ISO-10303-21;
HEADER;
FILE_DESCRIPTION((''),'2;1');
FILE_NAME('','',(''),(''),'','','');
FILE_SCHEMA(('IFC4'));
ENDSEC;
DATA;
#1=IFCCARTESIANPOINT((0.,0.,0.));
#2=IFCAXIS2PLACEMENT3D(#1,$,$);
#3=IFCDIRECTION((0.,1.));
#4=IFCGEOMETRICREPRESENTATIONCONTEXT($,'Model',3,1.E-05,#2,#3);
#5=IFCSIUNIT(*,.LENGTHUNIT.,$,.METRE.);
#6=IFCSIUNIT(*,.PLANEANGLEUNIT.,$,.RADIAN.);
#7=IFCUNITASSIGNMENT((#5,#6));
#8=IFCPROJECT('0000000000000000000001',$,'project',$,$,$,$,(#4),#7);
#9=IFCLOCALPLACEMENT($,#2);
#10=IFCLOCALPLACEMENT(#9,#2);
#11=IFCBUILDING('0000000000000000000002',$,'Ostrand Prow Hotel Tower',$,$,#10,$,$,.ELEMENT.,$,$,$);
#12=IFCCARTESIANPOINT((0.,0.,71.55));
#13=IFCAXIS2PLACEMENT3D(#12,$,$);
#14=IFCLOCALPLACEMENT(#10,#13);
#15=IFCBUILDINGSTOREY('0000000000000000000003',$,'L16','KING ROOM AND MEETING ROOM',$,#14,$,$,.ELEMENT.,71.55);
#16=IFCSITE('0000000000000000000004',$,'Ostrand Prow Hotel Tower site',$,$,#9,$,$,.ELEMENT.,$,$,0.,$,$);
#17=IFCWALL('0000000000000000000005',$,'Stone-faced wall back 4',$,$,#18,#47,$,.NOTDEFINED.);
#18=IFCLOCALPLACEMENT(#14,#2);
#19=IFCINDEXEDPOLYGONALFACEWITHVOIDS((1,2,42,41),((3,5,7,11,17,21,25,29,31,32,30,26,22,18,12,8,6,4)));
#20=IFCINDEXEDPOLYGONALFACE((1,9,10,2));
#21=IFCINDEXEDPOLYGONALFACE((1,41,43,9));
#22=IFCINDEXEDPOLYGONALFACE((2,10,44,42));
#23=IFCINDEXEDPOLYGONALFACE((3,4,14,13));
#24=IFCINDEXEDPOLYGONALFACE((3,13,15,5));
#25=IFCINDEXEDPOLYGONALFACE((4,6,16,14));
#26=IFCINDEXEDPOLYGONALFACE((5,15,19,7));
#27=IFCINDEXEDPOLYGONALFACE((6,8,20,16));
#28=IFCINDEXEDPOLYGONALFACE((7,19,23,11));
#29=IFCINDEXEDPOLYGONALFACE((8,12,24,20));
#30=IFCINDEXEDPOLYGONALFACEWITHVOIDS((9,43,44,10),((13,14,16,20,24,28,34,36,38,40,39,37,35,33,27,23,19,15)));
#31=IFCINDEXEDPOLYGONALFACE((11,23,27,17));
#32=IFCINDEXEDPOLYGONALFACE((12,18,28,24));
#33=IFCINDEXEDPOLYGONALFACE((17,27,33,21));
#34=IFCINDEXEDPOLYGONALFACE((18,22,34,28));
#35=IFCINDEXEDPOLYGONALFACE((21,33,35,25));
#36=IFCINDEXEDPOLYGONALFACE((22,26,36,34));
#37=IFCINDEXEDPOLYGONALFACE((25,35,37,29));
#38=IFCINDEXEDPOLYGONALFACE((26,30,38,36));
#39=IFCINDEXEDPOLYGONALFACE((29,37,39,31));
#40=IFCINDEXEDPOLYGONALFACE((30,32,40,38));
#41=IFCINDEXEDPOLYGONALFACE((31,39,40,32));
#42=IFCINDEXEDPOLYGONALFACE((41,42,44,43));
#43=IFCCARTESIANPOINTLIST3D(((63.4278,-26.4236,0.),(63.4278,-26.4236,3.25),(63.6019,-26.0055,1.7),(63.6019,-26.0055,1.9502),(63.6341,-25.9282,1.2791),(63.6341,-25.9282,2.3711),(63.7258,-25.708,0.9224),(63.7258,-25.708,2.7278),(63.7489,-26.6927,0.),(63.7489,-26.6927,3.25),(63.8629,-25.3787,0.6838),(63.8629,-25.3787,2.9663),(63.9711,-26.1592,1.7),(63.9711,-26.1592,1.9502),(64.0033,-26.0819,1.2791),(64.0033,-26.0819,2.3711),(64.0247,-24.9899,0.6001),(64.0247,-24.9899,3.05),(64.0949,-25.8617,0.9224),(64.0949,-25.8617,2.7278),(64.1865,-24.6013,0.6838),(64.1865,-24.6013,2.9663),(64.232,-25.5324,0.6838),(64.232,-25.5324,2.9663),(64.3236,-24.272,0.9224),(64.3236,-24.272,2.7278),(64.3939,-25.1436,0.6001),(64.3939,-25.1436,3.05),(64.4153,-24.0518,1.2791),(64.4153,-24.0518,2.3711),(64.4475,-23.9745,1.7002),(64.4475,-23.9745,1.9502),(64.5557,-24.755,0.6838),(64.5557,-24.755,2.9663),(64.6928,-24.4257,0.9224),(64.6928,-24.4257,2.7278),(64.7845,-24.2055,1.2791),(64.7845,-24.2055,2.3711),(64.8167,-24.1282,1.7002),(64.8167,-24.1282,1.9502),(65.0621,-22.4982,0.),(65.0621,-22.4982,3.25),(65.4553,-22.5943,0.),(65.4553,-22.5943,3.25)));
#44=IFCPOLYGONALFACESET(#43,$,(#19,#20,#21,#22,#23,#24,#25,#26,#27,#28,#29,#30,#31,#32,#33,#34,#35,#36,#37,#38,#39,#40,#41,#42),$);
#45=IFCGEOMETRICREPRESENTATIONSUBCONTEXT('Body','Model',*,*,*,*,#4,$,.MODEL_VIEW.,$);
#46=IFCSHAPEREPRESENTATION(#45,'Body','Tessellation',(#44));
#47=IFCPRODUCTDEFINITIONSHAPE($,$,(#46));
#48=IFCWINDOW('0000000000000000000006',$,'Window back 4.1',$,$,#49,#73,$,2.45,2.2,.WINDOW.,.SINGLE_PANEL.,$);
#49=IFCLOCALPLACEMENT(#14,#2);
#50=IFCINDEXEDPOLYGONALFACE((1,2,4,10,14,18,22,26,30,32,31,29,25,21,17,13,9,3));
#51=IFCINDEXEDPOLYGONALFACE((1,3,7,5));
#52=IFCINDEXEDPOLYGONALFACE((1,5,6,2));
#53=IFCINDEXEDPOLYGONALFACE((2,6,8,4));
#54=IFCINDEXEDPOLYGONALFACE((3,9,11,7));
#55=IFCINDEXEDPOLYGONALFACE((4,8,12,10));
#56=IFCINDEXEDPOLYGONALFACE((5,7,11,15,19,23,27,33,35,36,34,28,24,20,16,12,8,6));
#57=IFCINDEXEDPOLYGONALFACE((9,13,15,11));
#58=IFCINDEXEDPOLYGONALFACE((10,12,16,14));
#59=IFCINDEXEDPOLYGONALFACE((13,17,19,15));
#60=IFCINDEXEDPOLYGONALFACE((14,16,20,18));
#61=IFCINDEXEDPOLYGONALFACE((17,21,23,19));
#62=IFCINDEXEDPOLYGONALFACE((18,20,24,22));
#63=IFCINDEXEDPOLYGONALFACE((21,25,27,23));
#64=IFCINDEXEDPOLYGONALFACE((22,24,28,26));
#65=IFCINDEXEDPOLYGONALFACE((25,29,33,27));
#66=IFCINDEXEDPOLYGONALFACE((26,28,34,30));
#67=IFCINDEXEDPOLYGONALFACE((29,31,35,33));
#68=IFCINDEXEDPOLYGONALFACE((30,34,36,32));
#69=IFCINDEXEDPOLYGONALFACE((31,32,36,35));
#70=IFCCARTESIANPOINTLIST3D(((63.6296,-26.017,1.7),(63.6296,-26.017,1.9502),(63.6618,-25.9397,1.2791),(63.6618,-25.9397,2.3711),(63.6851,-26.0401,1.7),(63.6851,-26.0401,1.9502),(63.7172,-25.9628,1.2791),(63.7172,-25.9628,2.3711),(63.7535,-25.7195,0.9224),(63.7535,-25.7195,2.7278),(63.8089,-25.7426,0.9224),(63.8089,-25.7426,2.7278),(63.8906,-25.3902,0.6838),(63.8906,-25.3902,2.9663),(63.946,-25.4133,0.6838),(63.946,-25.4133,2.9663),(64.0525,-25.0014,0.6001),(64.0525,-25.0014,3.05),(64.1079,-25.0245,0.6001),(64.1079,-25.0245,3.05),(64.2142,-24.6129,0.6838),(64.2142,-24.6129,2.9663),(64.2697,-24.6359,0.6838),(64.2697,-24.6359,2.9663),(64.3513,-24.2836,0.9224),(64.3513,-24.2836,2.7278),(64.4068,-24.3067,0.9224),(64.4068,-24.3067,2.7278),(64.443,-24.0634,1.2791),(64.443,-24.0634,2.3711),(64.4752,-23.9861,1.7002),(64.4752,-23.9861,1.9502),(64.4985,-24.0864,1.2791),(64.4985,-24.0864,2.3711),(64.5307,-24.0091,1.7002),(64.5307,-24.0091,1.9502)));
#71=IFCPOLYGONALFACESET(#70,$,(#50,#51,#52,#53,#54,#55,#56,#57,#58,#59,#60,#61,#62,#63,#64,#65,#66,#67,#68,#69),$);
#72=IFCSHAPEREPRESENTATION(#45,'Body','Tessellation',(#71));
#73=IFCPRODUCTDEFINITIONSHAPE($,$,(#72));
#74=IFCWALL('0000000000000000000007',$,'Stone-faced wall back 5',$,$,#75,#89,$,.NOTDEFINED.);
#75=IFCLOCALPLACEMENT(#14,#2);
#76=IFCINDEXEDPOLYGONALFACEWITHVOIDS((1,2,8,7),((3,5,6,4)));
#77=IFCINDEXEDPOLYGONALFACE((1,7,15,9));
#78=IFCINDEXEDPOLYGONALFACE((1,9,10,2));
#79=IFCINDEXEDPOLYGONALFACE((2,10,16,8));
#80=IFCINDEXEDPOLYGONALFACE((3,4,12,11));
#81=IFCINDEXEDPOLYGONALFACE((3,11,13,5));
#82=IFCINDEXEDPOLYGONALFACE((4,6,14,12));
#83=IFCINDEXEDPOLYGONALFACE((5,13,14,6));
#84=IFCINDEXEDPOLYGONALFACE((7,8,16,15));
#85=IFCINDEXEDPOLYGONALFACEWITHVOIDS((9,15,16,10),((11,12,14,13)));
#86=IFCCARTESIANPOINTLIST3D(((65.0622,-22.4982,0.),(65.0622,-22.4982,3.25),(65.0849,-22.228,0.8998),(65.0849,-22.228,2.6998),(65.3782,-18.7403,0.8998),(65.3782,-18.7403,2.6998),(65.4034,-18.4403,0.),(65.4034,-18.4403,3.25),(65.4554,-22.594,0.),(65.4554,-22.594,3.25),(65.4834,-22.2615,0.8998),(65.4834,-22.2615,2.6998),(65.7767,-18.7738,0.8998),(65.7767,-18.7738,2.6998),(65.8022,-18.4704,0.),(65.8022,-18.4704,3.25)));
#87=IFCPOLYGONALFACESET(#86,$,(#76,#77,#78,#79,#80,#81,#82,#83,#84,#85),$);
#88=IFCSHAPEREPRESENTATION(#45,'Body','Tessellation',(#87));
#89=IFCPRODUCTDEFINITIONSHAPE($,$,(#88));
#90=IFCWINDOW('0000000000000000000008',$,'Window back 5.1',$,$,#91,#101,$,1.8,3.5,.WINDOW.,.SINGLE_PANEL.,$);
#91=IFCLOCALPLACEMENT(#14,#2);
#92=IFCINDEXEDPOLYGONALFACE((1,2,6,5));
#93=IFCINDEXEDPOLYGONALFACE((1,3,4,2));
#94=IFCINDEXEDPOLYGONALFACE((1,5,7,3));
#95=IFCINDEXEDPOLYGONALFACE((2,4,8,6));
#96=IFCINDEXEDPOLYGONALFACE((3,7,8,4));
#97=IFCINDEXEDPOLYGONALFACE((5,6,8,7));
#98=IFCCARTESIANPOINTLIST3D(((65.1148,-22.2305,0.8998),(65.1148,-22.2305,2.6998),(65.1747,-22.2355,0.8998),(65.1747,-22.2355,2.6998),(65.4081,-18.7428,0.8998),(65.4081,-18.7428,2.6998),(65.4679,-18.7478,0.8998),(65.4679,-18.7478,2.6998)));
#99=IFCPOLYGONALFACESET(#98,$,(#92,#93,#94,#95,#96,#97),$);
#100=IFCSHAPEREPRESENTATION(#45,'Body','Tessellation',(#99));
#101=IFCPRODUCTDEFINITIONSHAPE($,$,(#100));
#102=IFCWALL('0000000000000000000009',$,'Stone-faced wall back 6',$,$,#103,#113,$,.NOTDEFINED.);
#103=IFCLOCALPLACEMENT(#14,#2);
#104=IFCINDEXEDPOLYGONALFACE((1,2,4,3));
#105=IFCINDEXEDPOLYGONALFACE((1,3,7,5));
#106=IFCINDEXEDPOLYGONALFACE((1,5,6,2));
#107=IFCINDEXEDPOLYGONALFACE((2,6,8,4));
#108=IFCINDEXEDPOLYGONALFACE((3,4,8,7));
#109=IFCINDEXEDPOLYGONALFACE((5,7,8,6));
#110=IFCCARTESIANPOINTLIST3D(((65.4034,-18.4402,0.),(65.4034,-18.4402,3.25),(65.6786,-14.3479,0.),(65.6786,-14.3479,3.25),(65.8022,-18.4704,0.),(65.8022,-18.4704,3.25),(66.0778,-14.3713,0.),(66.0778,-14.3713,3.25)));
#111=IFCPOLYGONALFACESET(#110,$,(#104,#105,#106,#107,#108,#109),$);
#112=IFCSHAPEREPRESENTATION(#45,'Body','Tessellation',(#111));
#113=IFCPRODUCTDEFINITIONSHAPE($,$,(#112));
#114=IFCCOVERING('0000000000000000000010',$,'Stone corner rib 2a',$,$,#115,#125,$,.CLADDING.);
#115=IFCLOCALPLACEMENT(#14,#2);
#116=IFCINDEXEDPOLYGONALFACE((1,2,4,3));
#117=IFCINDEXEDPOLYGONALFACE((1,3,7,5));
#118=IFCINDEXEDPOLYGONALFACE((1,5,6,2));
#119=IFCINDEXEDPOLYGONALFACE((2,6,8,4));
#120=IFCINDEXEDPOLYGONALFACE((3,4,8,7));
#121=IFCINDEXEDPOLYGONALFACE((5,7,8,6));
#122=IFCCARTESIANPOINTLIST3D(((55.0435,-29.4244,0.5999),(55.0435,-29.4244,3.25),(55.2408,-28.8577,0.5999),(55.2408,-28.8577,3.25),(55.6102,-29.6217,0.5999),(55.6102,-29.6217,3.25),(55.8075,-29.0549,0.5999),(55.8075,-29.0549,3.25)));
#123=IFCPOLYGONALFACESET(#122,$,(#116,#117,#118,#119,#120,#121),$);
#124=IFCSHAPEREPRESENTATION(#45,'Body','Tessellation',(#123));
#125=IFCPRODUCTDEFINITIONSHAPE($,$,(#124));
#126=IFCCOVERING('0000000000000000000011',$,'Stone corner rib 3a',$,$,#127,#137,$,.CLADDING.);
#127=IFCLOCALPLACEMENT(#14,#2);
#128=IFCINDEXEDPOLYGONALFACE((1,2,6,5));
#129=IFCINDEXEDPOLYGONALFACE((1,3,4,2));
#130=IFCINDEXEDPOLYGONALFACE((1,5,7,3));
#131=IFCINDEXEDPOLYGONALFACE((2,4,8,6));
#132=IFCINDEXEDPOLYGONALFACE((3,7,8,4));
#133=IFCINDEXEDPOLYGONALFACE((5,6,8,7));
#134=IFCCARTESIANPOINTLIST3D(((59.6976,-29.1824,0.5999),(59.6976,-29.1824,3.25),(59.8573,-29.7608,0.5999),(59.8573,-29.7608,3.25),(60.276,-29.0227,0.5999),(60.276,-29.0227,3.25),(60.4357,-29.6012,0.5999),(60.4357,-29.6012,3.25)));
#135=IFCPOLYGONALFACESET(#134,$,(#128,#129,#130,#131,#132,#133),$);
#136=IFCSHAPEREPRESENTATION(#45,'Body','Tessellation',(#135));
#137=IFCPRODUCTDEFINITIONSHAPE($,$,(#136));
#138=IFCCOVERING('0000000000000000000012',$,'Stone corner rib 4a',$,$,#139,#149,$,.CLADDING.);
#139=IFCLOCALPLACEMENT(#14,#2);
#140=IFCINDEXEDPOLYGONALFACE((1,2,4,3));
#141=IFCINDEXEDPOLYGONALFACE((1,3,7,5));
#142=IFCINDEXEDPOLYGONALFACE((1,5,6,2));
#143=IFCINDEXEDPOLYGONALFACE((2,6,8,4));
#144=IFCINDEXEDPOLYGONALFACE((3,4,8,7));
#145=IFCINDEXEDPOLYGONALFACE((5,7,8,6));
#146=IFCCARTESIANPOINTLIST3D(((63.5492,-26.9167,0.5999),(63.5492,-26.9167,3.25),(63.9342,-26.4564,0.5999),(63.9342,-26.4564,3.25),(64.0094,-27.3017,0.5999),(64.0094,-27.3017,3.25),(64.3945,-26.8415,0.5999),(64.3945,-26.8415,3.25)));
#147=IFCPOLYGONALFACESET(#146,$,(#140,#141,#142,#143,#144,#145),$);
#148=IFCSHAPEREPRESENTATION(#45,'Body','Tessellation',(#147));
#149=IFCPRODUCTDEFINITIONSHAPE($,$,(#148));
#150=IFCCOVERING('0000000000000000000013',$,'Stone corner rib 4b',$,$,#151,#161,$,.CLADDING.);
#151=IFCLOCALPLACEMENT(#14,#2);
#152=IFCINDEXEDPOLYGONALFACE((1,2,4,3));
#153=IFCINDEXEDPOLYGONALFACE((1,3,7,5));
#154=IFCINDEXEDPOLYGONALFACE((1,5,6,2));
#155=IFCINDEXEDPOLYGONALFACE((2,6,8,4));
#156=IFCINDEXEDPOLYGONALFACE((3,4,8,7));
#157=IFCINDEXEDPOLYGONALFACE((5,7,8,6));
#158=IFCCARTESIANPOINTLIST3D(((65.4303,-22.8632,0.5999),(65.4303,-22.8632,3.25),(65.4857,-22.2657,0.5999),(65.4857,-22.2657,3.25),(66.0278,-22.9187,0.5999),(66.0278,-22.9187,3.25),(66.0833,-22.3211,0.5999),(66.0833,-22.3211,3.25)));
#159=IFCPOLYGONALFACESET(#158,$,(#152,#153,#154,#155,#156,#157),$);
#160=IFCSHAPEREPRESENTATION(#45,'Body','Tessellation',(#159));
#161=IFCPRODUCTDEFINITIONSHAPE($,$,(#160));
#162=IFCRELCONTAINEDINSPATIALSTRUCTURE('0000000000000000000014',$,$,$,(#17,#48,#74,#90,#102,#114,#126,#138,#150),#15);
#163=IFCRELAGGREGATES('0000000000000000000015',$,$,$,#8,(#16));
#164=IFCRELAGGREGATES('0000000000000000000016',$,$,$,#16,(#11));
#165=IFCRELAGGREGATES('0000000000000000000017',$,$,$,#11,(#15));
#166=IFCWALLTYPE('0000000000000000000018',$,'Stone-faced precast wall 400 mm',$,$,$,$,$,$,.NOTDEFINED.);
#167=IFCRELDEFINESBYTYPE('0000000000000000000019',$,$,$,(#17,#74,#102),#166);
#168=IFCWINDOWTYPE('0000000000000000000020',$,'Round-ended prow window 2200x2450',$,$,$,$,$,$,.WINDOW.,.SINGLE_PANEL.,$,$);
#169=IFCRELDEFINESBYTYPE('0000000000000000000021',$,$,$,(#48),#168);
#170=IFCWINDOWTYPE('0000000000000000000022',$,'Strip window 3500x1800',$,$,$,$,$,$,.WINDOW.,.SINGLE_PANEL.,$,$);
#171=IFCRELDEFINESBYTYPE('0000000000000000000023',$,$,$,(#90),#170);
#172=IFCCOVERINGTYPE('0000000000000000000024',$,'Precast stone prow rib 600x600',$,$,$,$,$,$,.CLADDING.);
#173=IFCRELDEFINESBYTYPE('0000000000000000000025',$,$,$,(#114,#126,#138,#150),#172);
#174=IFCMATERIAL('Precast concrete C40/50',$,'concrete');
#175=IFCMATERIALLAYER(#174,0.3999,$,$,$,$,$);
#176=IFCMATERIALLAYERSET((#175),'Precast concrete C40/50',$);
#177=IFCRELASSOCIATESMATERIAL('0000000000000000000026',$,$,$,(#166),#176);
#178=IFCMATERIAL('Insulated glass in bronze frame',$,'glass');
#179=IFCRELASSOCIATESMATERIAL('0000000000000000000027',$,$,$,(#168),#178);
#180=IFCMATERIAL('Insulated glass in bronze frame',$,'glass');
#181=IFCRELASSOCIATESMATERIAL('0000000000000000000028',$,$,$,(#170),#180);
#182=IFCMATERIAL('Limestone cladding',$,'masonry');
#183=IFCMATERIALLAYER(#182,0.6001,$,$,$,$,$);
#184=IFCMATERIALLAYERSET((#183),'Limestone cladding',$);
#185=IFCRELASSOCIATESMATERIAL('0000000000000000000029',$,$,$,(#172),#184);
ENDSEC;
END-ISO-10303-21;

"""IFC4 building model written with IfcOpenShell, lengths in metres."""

from ifc_helpers import new_model, si_unit, direction, frame, frame_2d, origin, place, context, subcontext, project, spatial, polyline, rectangle, outline, extrude, material, layer, layer_set, type_object, element, fill, save


model = new_model("IFC4")

# Units and contexts
model_context = context("Model", 3, precision=1e-05, world=origin(), true_north=direction((0.0, 1.0)))
body_context = subcontext(model_context, "Body", "Model", "MODEL_VIEW")
ifc_project = project(units=[si_unit("LENGTHUNIT", "METRE"), si_unit("PLANEANGLEUNIT", "RADIAN")], contexts=[model_context])

# Site, building, storey
site_placement = place(None, origin())
site = spatial("IfcSite", under=ifc_project, at=site_placement, Name="Ostrand Prow Hotel Tower site", CompositionType="ELEMENT", RefElevation=0.0)
building_placement = place(site_placement, origin())
building = spatial("IfcBuilding", under=site, at=building_placement, Name="Ostrand Prow Hotel Tower", CompositionType="ELEMENT")
storey_placement = place(building_placement, frame((0.0, 0.0, 71.55)))
storey = spatial("IfcBuildingStorey", under=building, at=storey_placement, Name="L16", Description="KING ROOM AND MEETING ROOM", CompositionType="ELEMENT", Elevation=71.55)

# Walls, openings, windows
ifc_material_1 = material(Name="Precast concrete C40/50", Category="concrete")
ifc_layer_1 = layer(ifc_material_1, 0.3999)
ifc_layer_set_1 = layer_set([ifc_layer_1], Name="Precast concrete C40/50")
wall_type_1 = type_object("IfcWallType", Name="Stone-faced precast wall 400 mm", PredefinedType="NOTDEFINED", material=ifc_layer_set_1)
ifc_material_2 = material(Name="Insulated glass in bronze frame", Category="glass")
window_type_1 = type_object("IfcWindowType", Name="Round-ended prow window 2200x2450", PartitioningType="SINGLE_PANEL", PredefinedType="WINDOW", material=ifc_material_2)
wall_1_placement = place(storey_placement, frame((63.5884, -26.5581, 0.0), z_axis=(0.0, 0.0, 1.0), x_axis=(0.384372, 0.923178, 0.0)))
wall_1 = element("IfcWall", 1, at=wall_1_placement, inside=storey, type_object=wall_type_1, Name="Stone-faced wall back 4", PredefinedType="NOTDEFINED", context=body_context, shape_type="SweptSolid", body=[
    extrude(outline(polyline([(-0.0625, -0.2), (4.377, -0.2), (4.3145, 0.2), (0.0625, 0.2), (-0.0625, -0.2)])), origin(), (0.0, 0.0, 1.0), 3.25),
])
opening_1_placement = place(wall_1_placement, frame((0.5154, 0.0, 0.6001)))
opening_1 = element("IfcOpeningElement", 2, at=opening_1_placement, cuts=wall_1, PredefinedType="OPENING", context=body_context, shape_type="SweptSolid", body=[
    extrude(outline(polyline([(0.0, 1.3501), (0.0837, 1.771), (0.3223, 2.1277), (0.679, 2.3662), (1.1001, 2.45), (1.521, 2.3662), (1.8777, 2.1277), (2.1162, 1.771), (2.2, 1.3501), (2.2, 1.1001), (2.1162, 0.679), (1.8777, 0.3223), (1.521, 0.0837), (1.1001, 0.0), (0.679, 0.0837), (0.3223, 0.3223), (0.0837, 0.679), (0.0, 1.0999), (0.0, 1.3501)])), frame((0.0, 0.21, 0.0), z_axis=(0.0, -1.0, 0.0), x_axis=(1.0, 0.0, 0.0)), (0.0, 0.0, 1.0), 0.4199),
])
window_1_placement = place(opening_1_placement, origin())
window_1 = element("IfcWindow", 3, at=window_1_placement, inside=storey, type_object=window_type_1, Name="Window back 4.1", OverallHeight=2.45, OverallWidth=2.2, PartitioningType="SINGLE_PANEL", PredefinedType="WINDOW", context=body_context, shape_type="SweptSolid", body=[
    extrude(outline(polyline([(0.0, 1.3501), (0.0837, 1.771), (0.3223, 2.1277), (0.679, 2.3662), (1.1001, 2.45), (1.521, 2.3662), (1.8777, 2.1277), (2.1162, 1.771), (2.2, 1.3501), (2.2, 1.1001), (2.1162, 0.679), (1.8777, 0.3223), (1.521, 0.0837), (1.1001, 0.0), (0.679, 0.0837), (0.3223, 0.3223), (0.0837, 0.679), (0.0, 1.0999), (0.0, 1.3501)])), frame((0.0, 0.1699, 0.0), z_axis=(0.0, -1.0, 0.0), x_axis=(1.0, 0.0, 0.0)), (0.0, 0.0, 1.0), 0.0601),
])
fill(opening_1, window_1)
wall_2_placement = place(storey_placement, frame((65.2588, -22.5461, 0.0), z_axis=(0.0, 0.0, 1.0), x_axis=(0.083794, 0.996483, 0.0)))
wall_2 = element("IfcWall", 4, at=wall_2_placement, inside=storey, type_object=wall_type_1, Name="Stone-faced wall back 5", PredefinedType="NOTDEFINED", context=body_context, shape_type="SweptSolid", body=[
    extrude(outline(polyline([(-0.0312, -0.2), (4.1069, -0.2), (4.1035, 0.2), (0.0312, 0.2), (-0.0312, -0.2)])), origin(), (0.0, 0.0, 1.0), 3.25),
])
opening_2_placement = place(wall_2_placement, frame((0.3025, 0.0, 0.8999)))
opening_2 = element("IfcOpeningElement", 5, at=opening_2_placement, cuts=wall_2, PredefinedType="OPENING", context=body_context, shape_type="SweptSolid", body=[
    extrude(rectangle(XDim=3.5, YDim=1.8, at=frame_2d((1.75, 0.8999))), frame((0.0, 0.21, 0.0), z_axis=(0.0, -1.0, 0.0), x_axis=(1.0, 0.0, 0.0)), (0.0, 0.0, 1.0), 0.4199),
])
ifc_material_3 = material(Name="Insulated glass in bronze frame", Category="glass")
window_type_2 = type_object("IfcWindowType", Name="Strip window 3500x1800", PartitioningType="SINGLE_PANEL", PredefinedType="WINDOW", material=ifc_material_3)
window_2_placement = place(opening_2_placement, origin())
window_2 = element("IfcWindow", 6, at=window_2_placement, inside=storey, type_object=window_type_2, Name="Window back 5.1", OverallHeight=1.8, OverallWidth=3.5, PartitioningType="SINGLE_PANEL", PredefinedType="WINDOW", context=body_context, shape_type="SweptSolid", body=[
    extrude(rectangle(XDim=3.5, YDim=1.8, at=frame_2d((1.75, 0.8999))), frame((0.0, 0.1699, 0.0), z_axis=(0.0, -1.0, 0.0), x_axis=(1.0, 0.0, 0.0)), (0.0, 0.0, 1.0), 0.0601),
])
fill(opening_2, window_2)

# Wall
wall_3_placement = place(storey_placement, frame((65.6028, -18.4553, 0.0), z_axis=(0.0, 0.0, 1.0), x_axis=(0.067087, 0.997747, 0.0)))
element("IfcWall", 7, at=wall_3_placement, inside=storey, type_object=wall_type_1, Name="Stone-faced wall back 6", PredefinedType="NOTDEFINED", context=body_context, shape_type="SweptSolid", body=[
    extrude(outline(polyline([(-0.0017, -0.2), (4.1067, -0.2), (4.1033, 0.2), (0.0017, 0.2), (-0.0017, -0.2)])), origin(), (0.0, 0.0, 1.0), 3.25),
])

# Coverings
ifc_material_4 = material(Name="Limestone cladding", Category="masonry")
ifc_layer_2 = layer(ifc_material_4, 0.6001)
ifc_layer_set_2 = layer_set([ifc_layer_2], Name="Limestone cladding")
covering_type = type_object("IfcCoveringType", Name="Precast stone prow rib 600x600", PredefinedType="CLADDING", material=ifc_layer_set_2)
for number, where, z_axis, x_axis, name in (
    (8, (55.5242, -28.9563, 0.5999), (0.0, 0.0, 1.0), (-0.328773, -0.944409, 0.0), "Stone corner rib 2a"),
    (9, (59.9868, -29.1025, 0.5999), (0.0, 0.0, 1.0), (0.266112, -0.963942, 0.0), "Stone corner rib 3a"),
    (10, (63.7417, -26.6865, 0.5999), (0.0, 0.0, 1.0), (0.766986, -0.641664, 0.0), "Stone corner rib 4a"),
    (11, (65.458, -22.5645, 0.5999), (0.0, 0.0, 1.0), (0.995725, -0.09237, 0.0), "Stone corner rib 4b"),
):
    element("IfcCovering", number, at=place(storey_placement, frame(where, z_axis=z_axis, x_axis=x_axis)), inside=storey, type_object=covering_type, Name=name, PredefinedType="CLADDING", context=body_context, shape_type="SweptSolid", body=[
        extrude(rectangle(XDim=0.6001, YDim=0.6001, at=frame_2d((0.3, 0.0))), origin(), (0.0, 0.0, 1.0), 2.6501),
    ])

save(model, "model.ifc")
